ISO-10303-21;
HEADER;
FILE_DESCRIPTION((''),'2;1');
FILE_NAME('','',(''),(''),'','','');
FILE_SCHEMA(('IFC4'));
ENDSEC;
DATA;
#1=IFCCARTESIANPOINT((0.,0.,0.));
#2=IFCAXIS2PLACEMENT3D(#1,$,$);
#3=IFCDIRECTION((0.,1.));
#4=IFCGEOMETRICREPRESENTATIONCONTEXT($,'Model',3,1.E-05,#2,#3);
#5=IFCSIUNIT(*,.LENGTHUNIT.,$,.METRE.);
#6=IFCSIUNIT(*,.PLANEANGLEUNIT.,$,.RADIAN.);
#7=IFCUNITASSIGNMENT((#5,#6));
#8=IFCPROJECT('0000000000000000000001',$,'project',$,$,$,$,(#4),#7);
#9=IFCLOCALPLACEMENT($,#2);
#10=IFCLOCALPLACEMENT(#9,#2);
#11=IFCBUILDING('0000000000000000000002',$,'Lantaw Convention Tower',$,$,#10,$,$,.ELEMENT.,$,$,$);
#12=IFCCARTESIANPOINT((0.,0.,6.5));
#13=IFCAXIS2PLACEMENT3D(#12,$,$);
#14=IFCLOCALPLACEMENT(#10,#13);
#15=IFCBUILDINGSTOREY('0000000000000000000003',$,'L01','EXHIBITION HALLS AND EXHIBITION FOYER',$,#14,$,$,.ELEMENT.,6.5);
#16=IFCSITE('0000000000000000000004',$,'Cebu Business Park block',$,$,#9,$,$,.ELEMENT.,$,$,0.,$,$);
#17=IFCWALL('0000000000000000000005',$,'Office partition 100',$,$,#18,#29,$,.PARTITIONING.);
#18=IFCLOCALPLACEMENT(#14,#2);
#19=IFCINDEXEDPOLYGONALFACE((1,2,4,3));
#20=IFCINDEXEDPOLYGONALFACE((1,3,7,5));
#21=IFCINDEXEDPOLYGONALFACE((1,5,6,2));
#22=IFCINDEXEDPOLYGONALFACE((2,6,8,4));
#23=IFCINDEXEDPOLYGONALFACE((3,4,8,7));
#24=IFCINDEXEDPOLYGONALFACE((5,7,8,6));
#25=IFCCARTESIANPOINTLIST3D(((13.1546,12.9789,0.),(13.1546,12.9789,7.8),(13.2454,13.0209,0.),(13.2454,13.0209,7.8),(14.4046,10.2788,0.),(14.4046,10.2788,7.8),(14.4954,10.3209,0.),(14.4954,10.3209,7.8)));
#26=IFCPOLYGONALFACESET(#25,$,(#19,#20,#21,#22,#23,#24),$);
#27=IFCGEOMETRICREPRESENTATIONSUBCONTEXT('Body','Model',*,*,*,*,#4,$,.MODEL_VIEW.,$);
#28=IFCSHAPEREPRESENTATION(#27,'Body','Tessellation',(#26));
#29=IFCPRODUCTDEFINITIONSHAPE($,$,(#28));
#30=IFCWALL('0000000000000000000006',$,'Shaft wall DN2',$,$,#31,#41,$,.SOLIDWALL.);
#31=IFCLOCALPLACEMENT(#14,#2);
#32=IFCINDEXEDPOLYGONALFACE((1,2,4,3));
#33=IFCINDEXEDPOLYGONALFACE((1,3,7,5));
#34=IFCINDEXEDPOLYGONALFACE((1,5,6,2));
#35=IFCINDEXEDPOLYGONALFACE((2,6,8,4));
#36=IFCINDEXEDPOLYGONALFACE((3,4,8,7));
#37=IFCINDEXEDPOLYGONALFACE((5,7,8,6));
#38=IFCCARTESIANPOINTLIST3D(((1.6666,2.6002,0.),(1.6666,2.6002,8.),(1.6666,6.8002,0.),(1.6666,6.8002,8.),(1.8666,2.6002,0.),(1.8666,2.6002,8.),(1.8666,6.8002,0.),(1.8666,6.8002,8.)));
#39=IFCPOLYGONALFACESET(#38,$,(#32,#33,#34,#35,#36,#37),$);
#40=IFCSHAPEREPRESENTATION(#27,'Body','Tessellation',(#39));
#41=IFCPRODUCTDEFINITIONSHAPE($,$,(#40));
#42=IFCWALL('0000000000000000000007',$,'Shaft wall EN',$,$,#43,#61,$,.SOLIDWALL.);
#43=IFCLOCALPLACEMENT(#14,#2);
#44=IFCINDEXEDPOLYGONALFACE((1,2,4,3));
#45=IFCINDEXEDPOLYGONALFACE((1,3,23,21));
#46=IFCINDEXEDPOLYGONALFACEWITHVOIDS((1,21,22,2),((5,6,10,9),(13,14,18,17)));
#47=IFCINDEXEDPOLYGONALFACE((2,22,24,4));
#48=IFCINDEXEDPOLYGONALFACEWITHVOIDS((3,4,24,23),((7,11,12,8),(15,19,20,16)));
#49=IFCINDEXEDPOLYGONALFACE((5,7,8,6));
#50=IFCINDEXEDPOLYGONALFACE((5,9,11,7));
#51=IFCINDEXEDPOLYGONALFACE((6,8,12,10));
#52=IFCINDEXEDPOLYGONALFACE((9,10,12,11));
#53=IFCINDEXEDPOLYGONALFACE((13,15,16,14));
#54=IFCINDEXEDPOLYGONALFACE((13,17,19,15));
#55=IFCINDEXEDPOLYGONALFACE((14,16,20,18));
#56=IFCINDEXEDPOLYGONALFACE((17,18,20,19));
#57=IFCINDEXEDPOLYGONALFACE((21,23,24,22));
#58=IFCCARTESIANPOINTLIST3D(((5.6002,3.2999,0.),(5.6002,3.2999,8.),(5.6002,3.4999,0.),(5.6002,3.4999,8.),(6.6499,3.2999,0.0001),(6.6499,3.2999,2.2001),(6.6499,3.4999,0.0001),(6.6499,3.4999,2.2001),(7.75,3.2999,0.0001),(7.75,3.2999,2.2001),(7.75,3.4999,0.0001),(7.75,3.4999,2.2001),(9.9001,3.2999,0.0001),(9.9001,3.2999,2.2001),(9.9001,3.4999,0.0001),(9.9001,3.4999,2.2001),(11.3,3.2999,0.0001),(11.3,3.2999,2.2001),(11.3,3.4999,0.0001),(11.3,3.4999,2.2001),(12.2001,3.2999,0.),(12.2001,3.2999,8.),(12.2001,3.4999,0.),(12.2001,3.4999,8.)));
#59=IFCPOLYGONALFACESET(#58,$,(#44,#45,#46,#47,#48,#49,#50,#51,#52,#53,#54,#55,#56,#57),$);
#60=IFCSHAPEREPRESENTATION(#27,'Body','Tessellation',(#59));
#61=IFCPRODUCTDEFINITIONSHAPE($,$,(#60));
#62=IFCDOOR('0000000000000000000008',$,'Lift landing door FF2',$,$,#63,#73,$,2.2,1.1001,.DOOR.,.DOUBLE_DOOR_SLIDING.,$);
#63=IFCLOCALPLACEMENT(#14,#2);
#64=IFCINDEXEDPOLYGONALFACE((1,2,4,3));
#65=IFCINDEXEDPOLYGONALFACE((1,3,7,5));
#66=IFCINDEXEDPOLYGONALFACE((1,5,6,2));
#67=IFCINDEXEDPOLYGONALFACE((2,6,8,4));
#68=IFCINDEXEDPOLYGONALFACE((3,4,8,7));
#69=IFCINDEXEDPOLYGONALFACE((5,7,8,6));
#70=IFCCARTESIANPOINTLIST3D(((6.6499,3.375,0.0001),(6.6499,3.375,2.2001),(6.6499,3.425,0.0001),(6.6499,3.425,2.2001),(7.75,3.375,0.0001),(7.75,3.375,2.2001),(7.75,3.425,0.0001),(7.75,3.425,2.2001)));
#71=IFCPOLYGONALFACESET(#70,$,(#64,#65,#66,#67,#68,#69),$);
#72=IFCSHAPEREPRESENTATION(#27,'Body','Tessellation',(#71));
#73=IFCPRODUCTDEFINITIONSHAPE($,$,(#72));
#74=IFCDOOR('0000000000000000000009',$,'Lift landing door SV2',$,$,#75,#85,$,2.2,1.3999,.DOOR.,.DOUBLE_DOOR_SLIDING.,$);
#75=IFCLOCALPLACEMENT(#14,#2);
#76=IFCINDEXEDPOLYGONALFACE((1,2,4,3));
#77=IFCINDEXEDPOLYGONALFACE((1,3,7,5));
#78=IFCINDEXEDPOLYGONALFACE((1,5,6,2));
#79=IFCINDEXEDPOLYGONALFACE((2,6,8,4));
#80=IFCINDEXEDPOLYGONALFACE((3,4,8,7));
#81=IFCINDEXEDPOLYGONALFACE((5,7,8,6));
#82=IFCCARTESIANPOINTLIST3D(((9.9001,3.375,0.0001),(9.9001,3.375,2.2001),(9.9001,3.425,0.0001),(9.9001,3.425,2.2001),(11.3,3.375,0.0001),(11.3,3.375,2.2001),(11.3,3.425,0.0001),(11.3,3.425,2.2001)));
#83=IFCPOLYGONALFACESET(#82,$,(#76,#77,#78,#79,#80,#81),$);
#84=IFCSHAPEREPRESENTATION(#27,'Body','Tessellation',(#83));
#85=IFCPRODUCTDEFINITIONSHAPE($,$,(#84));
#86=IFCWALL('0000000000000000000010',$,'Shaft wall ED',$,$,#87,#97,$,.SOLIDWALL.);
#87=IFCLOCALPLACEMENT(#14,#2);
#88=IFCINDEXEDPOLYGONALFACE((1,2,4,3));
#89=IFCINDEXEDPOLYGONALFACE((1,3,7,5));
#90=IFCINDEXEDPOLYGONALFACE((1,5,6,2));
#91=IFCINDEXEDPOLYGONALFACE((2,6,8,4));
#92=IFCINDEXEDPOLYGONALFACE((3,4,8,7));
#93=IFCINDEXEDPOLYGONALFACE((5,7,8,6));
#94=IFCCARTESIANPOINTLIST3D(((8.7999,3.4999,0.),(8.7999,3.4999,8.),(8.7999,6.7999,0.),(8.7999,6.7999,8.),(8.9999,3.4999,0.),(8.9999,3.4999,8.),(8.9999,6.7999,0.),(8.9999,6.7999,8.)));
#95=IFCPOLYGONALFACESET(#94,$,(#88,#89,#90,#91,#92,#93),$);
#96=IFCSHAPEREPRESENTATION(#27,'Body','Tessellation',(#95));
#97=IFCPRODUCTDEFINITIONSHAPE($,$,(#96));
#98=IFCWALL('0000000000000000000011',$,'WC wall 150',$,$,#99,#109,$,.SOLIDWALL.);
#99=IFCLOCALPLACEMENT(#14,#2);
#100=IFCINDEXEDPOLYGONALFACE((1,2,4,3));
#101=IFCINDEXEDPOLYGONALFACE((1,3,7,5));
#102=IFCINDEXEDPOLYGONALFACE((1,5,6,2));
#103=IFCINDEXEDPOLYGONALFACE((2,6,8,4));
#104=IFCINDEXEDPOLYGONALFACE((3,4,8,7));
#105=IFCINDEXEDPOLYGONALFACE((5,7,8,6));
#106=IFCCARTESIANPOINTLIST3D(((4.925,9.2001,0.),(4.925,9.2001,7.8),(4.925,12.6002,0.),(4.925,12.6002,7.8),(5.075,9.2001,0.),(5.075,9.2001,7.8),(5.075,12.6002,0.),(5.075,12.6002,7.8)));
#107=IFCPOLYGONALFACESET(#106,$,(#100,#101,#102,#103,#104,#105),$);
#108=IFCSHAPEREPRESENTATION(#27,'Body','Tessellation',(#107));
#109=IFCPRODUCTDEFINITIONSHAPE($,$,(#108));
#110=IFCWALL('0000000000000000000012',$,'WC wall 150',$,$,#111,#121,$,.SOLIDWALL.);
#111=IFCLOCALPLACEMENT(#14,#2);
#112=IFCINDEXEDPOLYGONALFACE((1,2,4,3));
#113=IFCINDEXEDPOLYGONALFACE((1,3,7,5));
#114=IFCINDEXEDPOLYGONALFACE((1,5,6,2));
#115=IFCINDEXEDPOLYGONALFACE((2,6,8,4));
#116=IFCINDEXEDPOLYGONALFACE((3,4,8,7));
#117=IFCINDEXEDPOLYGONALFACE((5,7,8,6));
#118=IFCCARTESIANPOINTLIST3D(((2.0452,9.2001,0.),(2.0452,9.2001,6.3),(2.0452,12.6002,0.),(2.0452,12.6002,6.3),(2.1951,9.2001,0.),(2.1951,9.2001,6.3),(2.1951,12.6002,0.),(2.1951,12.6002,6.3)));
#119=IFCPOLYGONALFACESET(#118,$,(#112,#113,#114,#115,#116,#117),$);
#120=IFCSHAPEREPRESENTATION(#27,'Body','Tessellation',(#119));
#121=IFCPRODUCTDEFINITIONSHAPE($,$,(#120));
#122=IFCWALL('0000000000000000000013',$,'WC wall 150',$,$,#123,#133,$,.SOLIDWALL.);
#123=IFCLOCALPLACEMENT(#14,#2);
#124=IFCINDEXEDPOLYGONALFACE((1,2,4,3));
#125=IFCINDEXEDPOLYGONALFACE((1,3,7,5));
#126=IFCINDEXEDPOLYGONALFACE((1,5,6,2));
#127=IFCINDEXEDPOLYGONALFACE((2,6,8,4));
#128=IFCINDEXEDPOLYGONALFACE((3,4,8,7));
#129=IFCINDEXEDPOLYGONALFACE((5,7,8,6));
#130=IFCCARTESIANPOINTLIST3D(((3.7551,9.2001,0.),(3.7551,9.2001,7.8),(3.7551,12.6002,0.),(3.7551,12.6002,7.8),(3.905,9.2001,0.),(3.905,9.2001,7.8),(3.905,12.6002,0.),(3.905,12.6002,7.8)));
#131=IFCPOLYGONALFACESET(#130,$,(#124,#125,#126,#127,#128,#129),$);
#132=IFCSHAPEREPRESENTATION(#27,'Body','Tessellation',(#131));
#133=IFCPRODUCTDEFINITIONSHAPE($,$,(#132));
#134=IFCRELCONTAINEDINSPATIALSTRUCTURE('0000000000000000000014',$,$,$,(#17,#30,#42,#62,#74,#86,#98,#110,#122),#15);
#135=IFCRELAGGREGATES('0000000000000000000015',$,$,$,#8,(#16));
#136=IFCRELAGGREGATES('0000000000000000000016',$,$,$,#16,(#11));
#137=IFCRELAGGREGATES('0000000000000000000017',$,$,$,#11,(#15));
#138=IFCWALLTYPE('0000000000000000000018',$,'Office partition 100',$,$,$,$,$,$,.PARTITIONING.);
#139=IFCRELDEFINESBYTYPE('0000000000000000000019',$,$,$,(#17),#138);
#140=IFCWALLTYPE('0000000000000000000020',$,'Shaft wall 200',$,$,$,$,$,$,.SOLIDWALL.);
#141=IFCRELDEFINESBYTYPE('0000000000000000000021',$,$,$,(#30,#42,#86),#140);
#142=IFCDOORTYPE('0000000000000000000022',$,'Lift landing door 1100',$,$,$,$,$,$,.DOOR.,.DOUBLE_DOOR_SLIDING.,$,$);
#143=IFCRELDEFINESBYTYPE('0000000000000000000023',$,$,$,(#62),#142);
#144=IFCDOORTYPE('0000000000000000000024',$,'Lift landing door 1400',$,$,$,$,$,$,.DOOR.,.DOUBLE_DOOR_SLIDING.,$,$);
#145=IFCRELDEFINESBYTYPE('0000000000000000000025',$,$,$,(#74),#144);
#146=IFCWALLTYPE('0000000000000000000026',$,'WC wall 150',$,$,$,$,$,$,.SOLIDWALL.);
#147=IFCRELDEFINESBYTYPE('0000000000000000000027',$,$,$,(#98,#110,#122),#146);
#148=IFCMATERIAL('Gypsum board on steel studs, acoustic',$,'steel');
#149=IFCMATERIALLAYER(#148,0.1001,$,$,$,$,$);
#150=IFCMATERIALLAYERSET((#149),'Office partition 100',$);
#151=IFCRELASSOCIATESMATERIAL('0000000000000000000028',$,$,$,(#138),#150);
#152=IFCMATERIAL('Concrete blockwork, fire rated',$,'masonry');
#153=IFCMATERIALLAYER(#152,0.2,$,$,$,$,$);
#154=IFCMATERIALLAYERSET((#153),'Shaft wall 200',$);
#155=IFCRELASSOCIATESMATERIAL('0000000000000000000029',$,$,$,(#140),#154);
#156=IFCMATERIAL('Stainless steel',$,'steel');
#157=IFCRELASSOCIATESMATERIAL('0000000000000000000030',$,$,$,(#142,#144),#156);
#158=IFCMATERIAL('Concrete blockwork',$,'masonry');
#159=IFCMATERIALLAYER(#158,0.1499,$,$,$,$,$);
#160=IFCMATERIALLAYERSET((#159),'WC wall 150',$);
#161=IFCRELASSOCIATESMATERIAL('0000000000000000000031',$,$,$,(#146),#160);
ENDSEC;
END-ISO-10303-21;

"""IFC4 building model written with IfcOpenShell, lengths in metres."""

from ifc_helpers import new_model, si_unit, direction, frame, frame_2d, origin, place, context, subcontext, project, spatial, rectangle, extrude, material, layer, layer_set, type_object, element, fill, save


model = new_model("IFC4")

# Units and contexts
model_context = context("Model", 3, precision=1e-05, world=origin(), true_north=direction((0.0, 1.0)))
body_context = subcontext(model_context, "Body", "Model", "MODEL_VIEW")
ifc_project = project(units=[si_unit("LENGTHUNIT", "METRE"), si_unit("PLANEANGLEUNIT", "RADIAN")], contexts=[model_context])

# Site, building, storey
site_placement = place(None, origin())
site = spatial("IfcSite", under=ifc_project, at=site_placement, Name="Cebu Business Park block", CompositionType="ELEMENT", RefElevation=0.0)
building_placement = place(site_placement, origin())
building = spatial("IfcBuilding", under=site, at=building_placement, Name="Lantaw Convention Tower", CompositionType="ELEMENT")
storey_placement = place(building_placement, frame((0.0, 0.0, 6.5)))
storey = spatial("IfcBuildingStorey", under=building, at=storey_placement, Name="L01", Description="EXHIBITION HALLS AND EXHIBITION FOYER", CompositionType="ELEMENT", Elevation=6.5)

# Walls
ifc_material_1 = material(Name="Gypsum board on steel studs, acoustic", Category="steel")
ifc_layer_1 = layer(ifc_material_1, 0.1001)
ifc_layer_set_1 = layer_set([ifc_layer_1], Name="Office partition 100")
wall_type_1 = type_object("IfcWallType", Name="Office partition 100", PredefinedType="PARTITIONING", material=ifc_layer_set_1)
wall_1_placement = place(storey_placement, frame((13.2, 13.0, 0.0), z_axis=(0.0, 0.0, 1.0), x_axis=(0.42013, -0.907464, 0.0)))
element("IfcWall", 1, at=wall_1_placement, inside=storey, type_object=wall_type_1, Name="Office partition 100", PredefinedType="PARTITIONING", context=body_context, shape_type="SweptSolid", body=[
    extrude(rectangle(XDim=2.9753, YDim=0.1001, at=frame_2d((1.4878, 0.0))), origin(), (0.0, 0.0, 1.0), 7.8),
])
ifc_material_2 = material(Name="Concrete blockwork, fire rated", Category="masonry")
ifc_layer_2 = layer(ifc_material_2, 0.2)
ifc_layer_set_2 = layer_set([ifc_layer_2], Name="Shaft wall 200")
wall_type_2 = type_object("IfcWallType", Name="Shaft wall 200", PredefinedType="SOLIDWALL", material=ifc_layer_set_2)
wall_2_placement = place(storey_placement, frame((1.7666, 2.6001, 0.0), z_axis=(0.0, 0.0, 1.0), x_axis=(0.0, 1.0, 0.0)))
element("IfcWall", 2, at=wall_2_placement, inside=storey, type_object=wall_type_2, Name="Shaft wall DN2", PredefinedType="SOLIDWALL", context=body_context, shape_type="SweptSolid", body=[
    extrude(rectangle(XDim=4.2, YDim=0.2, at=frame_2d((2.1001, 0.0))), origin(), (0.0, 0.0, 1.0), 8.0),
])

# Wall, openings, doors
wall_3_placement = place(storey_placement, frame((12.2, 3.3999, 0.0), z_axis=(0.0, 0.0, 1.0), x_axis=(-1.0, 0.0, 0.0)))
wall_3 = element("IfcWall", 3, at=wall_3_placement, inside=storey, type_object=wall_type_2, Name="Shaft wall EN", PredefinedType="SOLIDWALL", context=body_context, shape_type="SweptSolid", body=[
    extrude(rectangle(XDim=6.5999, YDim=0.2, at=frame_2d((3.2998, 0.0))), origin(), (0.0, 0.0, 1.0), 8.0),
])
opening_1_placement = place(wall_3_placement, frame((4.45, 0.0, 0.0)))
opening_1 = element("IfcOpeningElement", 4, at=opening_1_placement, cuts=wall_3, PredefinedType="OPENING", context=body_context, shape_type="SweptSolid", body=[
    extrude(rectangle(XDim=1.1001, YDim=2.2, at=frame_2d((0.55, 1.1001))), frame((0.0, 0.1099, 0.0), z_axis=(0.0, -1.0, 0.0), x_axis=(1.0, 0.0, 0.0)), (0.0, 0.0, 1.0), 0.22),
])
opening_2_placement = place(wall_3_placement, frame((0.8999, 0.0, 0.0)))
opening_2 = element("IfcOpeningElement", 5, at=opening_2_placement, cuts=wall_3, PredefinedType="OPENING", context=body_context, shape_type="SweptSolid", body=[
    extrude(rectangle(XDim=1.3999, YDim=2.2, at=frame_2d((0.7, 1.1001))), frame((0.0, 0.1099, 0.0), z_axis=(0.0, -1.0, 0.0), x_axis=(1.0, 0.0, 0.0)), (0.0, 0.0, 1.0), 0.22),
])
ifc_material_3 = material(Name="Stainless steel", Category="steel")
door_type_1 = type_object("IfcDoorType", Name="Lift landing door 1100", OperationType="DOUBLE_DOOR_SLIDING", PredefinedType="DOOR", material=ifc_material_3)
door_1_placement = place(opening_1_placement, origin())
door_1 = element("IfcDoor", 6, at=door_1_placement, inside=storey, type_object=door_type_1, Name="Lift landing door FF2", OperationType="DOUBLE_DOOR_SLIDING", OverallHeight=2.2, OverallWidth=1.1001, PredefinedType="DOOR", context=body_context, shape_type="SweptSolid", body=[
    extrude(rectangle(XDim=1.1001, YDim=2.2, at=frame_2d((0.55, 1.1001))), frame((0.0, 0.0249, 0.0), z_axis=(0.0, -1.0, 0.0), x_axis=(1.0, 0.0, 0.0)), (0.0, 0.0, 1.0), 0.05),
])
fill(opening_1, door_1)
door_type_2 = type_object("IfcDoorType", Name="Lift landing door 1400", OperationType="DOUBLE_DOOR_SLIDING", PredefinedType="DOOR", material=ifc_material_3)
door_2_placement = place(opening_2_placement, origin())
door_2 = element("IfcDoor", 7, at=door_2_placement, inside=storey, type_object=door_type_2, Name="Lift landing door SV2", OperationType="DOUBLE_DOOR_SLIDING", OverallHeight=2.2, OverallWidth=1.3999, PredefinedType="DOOR", context=body_context, shape_type="SweptSolid", body=[
    extrude(rectangle(XDim=1.3999, YDim=2.2, at=frame_2d((0.7, 1.1001))), frame((0.0, 0.0249, 0.0), z_axis=(0.0, -1.0, 0.0), x_axis=(1.0, 0.0, 0.0)), (0.0, 0.0, 1.0), 0.05),
])
fill(opening_2, door_2)

# Walls
wall_4_placement = place(storey_placement, frame((8.8999, 3.5, 0.0), z_axis=(0.0, 0.0, 1.0), x_axis=(0.0, 1.0, 0.0)))
element("IfcWall", 8, at=wall_4_placement, inside=storey, type_object=wall_type_2, Name="Shaft wall ED", PredefinedType="SOLIDWALL", context=body_context, shape_type="SweptSolid", body=[
    extrude(rectangle(XDim=3.3, YDim=0.2, at=frame_2d((1.6499, 0.0))), origin(), (0.0, 0.0, 1.0), 8.0),
])
ifc_material_4 = material(Name="Concrete blockwork", Category="masonry")
ifc_layer_3 = layer(ifc_material_4, 0.1499)
ifc_layer_set_3 = layer_set([ifc_layer_3], Name="WC wall 150")
wall_type_3 = type_object("IfcWallType", Name="WC wall 150", PredefinedType="SOLIDWALL", material=ifc_layer_set_3)
wall_5_placement = place(storey_placement, frame((5.0, 9.2, 0.0), z_axis=(0.0, 0.0, 1.0), x_axis=(0.0, 1.0, 0.0)))
element("IfcWall", 9, at=wall_5_placement, inside=storey, type_object=wall_type_3, Name="WC wall 150", PredefinedType="SOLIDWALL", context=body_context, shape_type="SweptSolid", body=[
    extrude(rectangle(XDim=3.4001, YDim=0.1499, at=frame_2d((1.7002, 0.0))), origin(), (0.0, 0.0, 1.0), 7.8),
])
wall_6_placement = place(storey_placement, frame((2.1201, 9.2, 0.0), z_axis=(0.0, 0.0, 1.0), x_axis=(0.0, 1.0, 0.0)))
element("IfcWall", 10, at=wall_6_placement, inside=storey, type_object=wall_type_3, Name="WC wall 150", PredefinedType="SOLIDWALL", context=body_context, shape_type="SweptSolid", body=[
    extrude(rectangle(XDim=3.4001, YDim=0.1499, at=frame_2d((1.7002, 0.0))), origin(), (0.0, 0.0, 1.0), 6.3),
])
wall_7_placement = place(storey_placement, frame((3.8301, 9.2, 0.0), z_axis=(0.0, 0.0, 1.0), x_axis=(0.0, 1.0, 0.0)))
element("IfcWall", 11, at=wall_7_placement, inside=storey, type_object=wall_type_3, Name="WC wall 150", PredefinedType="SOLIDWALL", context=body_context, shape_type="SweptSolid", body=[
    extrude(rectangle(XDim=3.4001, YDim=0.1499, at=frame_2d((1.7002, 0.0))), origin(), (0.0, 0.0, 1.0), 7.8),
])

save(model, "model.ifc")
